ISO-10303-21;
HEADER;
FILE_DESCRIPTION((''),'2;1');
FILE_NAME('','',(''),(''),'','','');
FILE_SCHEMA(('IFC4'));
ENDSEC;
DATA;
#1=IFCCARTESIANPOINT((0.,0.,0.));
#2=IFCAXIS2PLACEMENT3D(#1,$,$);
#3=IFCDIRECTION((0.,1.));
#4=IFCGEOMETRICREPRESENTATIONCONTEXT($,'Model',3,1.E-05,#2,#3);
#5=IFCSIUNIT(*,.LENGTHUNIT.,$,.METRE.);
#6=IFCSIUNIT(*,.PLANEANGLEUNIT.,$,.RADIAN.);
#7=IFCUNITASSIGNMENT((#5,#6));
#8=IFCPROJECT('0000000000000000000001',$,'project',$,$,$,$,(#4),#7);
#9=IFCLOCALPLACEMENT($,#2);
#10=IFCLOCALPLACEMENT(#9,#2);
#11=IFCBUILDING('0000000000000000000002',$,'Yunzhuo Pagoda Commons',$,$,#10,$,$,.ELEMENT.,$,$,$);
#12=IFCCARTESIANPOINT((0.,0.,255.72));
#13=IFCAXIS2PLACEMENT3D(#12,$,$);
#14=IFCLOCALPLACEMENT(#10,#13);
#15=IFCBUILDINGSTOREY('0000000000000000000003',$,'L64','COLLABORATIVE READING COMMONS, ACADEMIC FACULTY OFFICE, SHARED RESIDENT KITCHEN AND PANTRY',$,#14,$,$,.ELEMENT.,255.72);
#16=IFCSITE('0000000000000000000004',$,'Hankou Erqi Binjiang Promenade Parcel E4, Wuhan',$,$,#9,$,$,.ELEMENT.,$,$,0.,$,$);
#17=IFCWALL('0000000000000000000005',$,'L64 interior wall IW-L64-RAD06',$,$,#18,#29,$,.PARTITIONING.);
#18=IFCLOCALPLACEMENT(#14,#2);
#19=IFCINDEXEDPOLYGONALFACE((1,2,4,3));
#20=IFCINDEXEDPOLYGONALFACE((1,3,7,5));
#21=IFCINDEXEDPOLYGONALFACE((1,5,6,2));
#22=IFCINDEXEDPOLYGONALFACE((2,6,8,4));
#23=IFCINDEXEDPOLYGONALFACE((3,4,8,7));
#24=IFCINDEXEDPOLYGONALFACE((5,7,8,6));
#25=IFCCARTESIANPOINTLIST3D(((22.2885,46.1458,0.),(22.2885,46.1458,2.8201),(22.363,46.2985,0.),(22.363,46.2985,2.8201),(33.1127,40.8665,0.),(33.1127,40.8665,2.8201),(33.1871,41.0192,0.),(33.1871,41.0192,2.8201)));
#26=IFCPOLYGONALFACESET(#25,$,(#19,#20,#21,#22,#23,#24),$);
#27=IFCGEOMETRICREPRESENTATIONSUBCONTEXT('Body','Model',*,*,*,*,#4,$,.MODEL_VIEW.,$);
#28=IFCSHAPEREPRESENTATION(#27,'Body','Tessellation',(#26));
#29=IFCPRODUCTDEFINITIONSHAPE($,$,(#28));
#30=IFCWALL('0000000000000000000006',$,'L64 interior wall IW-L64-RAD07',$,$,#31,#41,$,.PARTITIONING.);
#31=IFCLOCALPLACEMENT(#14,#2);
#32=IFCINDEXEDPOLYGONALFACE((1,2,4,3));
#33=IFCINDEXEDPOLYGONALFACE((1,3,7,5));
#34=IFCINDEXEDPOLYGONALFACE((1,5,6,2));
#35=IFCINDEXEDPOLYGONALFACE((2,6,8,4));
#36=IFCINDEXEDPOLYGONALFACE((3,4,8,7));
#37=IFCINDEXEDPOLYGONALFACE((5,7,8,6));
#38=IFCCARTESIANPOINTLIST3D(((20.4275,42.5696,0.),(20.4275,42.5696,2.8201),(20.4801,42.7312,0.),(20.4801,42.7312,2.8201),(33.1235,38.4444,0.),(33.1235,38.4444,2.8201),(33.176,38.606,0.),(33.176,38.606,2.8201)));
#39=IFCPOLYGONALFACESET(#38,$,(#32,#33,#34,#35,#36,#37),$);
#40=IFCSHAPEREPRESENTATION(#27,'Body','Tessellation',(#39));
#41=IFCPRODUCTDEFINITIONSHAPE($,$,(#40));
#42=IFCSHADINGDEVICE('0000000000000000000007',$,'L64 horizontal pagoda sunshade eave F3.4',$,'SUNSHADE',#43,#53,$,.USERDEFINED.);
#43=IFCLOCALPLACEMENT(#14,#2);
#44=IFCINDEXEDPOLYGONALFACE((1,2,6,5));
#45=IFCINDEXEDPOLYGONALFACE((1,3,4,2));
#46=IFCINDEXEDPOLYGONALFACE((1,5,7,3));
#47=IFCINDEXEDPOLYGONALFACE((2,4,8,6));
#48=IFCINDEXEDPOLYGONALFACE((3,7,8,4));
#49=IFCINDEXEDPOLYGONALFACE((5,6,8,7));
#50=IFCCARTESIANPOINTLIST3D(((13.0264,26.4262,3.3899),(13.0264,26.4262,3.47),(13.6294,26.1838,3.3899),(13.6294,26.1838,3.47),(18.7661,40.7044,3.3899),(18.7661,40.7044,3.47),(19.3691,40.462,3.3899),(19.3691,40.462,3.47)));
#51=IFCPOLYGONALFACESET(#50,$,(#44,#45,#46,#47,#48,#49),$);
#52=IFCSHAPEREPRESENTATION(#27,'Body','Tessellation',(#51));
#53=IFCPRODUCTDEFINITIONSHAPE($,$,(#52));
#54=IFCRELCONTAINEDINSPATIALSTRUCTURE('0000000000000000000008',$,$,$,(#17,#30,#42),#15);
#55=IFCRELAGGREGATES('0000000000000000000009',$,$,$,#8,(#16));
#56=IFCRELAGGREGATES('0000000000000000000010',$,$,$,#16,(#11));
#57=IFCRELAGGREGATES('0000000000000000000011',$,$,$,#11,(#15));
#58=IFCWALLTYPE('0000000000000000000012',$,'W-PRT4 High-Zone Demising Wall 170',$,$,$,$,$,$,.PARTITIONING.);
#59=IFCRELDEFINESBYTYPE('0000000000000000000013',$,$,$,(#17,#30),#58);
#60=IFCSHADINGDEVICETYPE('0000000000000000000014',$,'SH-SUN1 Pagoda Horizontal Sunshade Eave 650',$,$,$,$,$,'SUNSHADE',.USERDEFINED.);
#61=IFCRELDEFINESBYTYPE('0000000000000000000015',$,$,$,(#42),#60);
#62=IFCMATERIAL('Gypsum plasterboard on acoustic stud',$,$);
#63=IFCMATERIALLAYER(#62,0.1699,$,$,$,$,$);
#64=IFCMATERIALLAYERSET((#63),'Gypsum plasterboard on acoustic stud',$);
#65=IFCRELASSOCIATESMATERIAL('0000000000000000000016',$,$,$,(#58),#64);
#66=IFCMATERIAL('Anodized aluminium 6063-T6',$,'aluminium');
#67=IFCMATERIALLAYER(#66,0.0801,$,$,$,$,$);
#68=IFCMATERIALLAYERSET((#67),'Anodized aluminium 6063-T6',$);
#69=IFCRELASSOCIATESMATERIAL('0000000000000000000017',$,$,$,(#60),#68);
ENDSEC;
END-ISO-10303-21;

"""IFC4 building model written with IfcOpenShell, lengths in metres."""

from ifc_helpers import new_model, si_unit, direction, frame, frame_2d, origin, origin_2d, place, context, subcontext, project, spatial, rectangle, extrude, source, transform, mapped, material, layer, layer_set, type_object, element, save


model = new_model("IFC4")

# Units and contexts
model_context = context("Model", 3, precision=1e-05, world=origin(), true_north=direction((0.0, 1.0)))
body_context = subcontext(model_context, "Body", "Model", "MODEL_VIEW")
ifc_project = project(units=[si_unit("LENGTHUNIT", "METRE"), si_unit("PLANEANGLEUNIT", "RADIAN")], contexts=[model_context])

# Site, building, storey
site_placement = place(None, origin())
site = spatial("IfcSite", under=ifc_project, at=site_placement, Name="Hankou Erqi Binjiang Promenade Parcel E4, Wuhan", CompositionType="ELEMENT", RefElevation=0.0)
building_placement = place(site_placement, origin())
building = spatial("IfcBuilding", under=site, at=building_placement, Name="Yunzhuo Pagoda Commons", CompositionType="ELEMENT")
storey_placement = place(building_placement, frame((0.0, 0.0, 255.72)))
storey = spatial("IfcBuildingStorey", under=building, at=storey_placement, Name="L64", Description="COLLABORATIVE READING COMMONS, ACADEMIC FACULTY OFFICE, SHARED RESIDENT KITCHEN AND PANTRY", CompositionType="ELEMENT", Elevation=255.72)

# Shared definitions
ifc_material_1 = material(Name="Anodized aluminium 6063-T6", Category="aluminium")

# Shared definitions
ifc_material_2 = material(Name="Gypsum plasterboard on acoustic stud")

# Walls
ifc_layer_1 = layer(ifc_material_2, 0.1699)
ifc_layer_set_1 = layer_set([ifc_layer_1], Name="Gypsum plasterboard on acoustic stud")
wall_type_1 = type_object("IfcWallType", Name="W-PRT4 High-Zone Demising Wall 170", PredefinedType="PARTITIONING", material=ifc_layer_set_1)
wall_1_placement = place(storey_placement, frame((33.1499, 40.9429, 0.0), z_axis=(0.0, 0.0, 1.0), x_axis=(-0.898795, 0.438369, 0.0)))
element("IfcWall", 1, at=wall_1_placement, inside=storey, type_object=wall_type_1, Name="L64 interior wall IW-L64-RAD06", PredefinedType="PARTITIONING", context=body_context, shape_type="SweptSolid", body=[
    extrude(rectangle(XDim=12.043, YDim=0.1699, at=frame_2d((6.0215, 0.0))), origin(), (0.0, 0.0, 1.0), 2.8201),
])
wall_2_placement = place(storey_placement, frame((33.1499, 38.5251, 0.0), z_axis=(0.0, 0.0, 1.0), x_axis=(-0.951055, 0.30902, 0.0)))
element("IfcWall", 2, at=wall_2_placement, inside=storey, type_object=wall_type_1, Name="L64 interior wall IW-L64-RAD07", PredefinedType="PARTITIONING", context=body_context, shape_type="SweptSolid", body=[
    extrude(rectangle(XDim=13.3494, YDim=0.1699, at=frame_2d((6.6748, 0.0))), origin(), (0.0, 0.0, 1.0), 2.8201),
])

# Shading device
ifc_layer_2 = layer(ifc_material_1, 0.0801)
ifc_layer_set_2 = layer_set([ifc_layer_2], Name="Anodized aluminium 6063-T6")
shading_device_type = type_object("IfcShadingDeviceType", Name="SH-SUN1 Pagoda Horizontal Sunshade Eave 650", ElementType="SUNSHADE", PredefinedType="USERDEFINED", material=ifc_layer_set_2)
shared_shape_1 = source(origin(), body_context, "Body", "SweptSolid", [
    extrude(rectangle(XDim=15.3887, YDim=0.6499, at=origin_2d()), origin(), (0.0, 0.0, 1.0), 0.0801),
])
shading_device_placement = place(storey_placement, frame((16.1978, 33.4441, 3.3899), z_axis=(0.0, 0.0, 1.0), x_axis=(-0.372988, -0.927836, 0.0)))
element("IfcShadingDevice", 3, at=shading_device_placement, inside=storey, type_object=shading_device_type, Name="L64 horizontal pagoda sunshade eave F3.4", ObjectType="SUNSHADE", PredefinedType="USERDEFINED", context=body_context, shape_type="MappedRepresentation", body=[
    mapped(shared_shape_1, transform((0.0, 0.0, 0.0), scale=1.0)),
])

save(model, "model.ifc")
